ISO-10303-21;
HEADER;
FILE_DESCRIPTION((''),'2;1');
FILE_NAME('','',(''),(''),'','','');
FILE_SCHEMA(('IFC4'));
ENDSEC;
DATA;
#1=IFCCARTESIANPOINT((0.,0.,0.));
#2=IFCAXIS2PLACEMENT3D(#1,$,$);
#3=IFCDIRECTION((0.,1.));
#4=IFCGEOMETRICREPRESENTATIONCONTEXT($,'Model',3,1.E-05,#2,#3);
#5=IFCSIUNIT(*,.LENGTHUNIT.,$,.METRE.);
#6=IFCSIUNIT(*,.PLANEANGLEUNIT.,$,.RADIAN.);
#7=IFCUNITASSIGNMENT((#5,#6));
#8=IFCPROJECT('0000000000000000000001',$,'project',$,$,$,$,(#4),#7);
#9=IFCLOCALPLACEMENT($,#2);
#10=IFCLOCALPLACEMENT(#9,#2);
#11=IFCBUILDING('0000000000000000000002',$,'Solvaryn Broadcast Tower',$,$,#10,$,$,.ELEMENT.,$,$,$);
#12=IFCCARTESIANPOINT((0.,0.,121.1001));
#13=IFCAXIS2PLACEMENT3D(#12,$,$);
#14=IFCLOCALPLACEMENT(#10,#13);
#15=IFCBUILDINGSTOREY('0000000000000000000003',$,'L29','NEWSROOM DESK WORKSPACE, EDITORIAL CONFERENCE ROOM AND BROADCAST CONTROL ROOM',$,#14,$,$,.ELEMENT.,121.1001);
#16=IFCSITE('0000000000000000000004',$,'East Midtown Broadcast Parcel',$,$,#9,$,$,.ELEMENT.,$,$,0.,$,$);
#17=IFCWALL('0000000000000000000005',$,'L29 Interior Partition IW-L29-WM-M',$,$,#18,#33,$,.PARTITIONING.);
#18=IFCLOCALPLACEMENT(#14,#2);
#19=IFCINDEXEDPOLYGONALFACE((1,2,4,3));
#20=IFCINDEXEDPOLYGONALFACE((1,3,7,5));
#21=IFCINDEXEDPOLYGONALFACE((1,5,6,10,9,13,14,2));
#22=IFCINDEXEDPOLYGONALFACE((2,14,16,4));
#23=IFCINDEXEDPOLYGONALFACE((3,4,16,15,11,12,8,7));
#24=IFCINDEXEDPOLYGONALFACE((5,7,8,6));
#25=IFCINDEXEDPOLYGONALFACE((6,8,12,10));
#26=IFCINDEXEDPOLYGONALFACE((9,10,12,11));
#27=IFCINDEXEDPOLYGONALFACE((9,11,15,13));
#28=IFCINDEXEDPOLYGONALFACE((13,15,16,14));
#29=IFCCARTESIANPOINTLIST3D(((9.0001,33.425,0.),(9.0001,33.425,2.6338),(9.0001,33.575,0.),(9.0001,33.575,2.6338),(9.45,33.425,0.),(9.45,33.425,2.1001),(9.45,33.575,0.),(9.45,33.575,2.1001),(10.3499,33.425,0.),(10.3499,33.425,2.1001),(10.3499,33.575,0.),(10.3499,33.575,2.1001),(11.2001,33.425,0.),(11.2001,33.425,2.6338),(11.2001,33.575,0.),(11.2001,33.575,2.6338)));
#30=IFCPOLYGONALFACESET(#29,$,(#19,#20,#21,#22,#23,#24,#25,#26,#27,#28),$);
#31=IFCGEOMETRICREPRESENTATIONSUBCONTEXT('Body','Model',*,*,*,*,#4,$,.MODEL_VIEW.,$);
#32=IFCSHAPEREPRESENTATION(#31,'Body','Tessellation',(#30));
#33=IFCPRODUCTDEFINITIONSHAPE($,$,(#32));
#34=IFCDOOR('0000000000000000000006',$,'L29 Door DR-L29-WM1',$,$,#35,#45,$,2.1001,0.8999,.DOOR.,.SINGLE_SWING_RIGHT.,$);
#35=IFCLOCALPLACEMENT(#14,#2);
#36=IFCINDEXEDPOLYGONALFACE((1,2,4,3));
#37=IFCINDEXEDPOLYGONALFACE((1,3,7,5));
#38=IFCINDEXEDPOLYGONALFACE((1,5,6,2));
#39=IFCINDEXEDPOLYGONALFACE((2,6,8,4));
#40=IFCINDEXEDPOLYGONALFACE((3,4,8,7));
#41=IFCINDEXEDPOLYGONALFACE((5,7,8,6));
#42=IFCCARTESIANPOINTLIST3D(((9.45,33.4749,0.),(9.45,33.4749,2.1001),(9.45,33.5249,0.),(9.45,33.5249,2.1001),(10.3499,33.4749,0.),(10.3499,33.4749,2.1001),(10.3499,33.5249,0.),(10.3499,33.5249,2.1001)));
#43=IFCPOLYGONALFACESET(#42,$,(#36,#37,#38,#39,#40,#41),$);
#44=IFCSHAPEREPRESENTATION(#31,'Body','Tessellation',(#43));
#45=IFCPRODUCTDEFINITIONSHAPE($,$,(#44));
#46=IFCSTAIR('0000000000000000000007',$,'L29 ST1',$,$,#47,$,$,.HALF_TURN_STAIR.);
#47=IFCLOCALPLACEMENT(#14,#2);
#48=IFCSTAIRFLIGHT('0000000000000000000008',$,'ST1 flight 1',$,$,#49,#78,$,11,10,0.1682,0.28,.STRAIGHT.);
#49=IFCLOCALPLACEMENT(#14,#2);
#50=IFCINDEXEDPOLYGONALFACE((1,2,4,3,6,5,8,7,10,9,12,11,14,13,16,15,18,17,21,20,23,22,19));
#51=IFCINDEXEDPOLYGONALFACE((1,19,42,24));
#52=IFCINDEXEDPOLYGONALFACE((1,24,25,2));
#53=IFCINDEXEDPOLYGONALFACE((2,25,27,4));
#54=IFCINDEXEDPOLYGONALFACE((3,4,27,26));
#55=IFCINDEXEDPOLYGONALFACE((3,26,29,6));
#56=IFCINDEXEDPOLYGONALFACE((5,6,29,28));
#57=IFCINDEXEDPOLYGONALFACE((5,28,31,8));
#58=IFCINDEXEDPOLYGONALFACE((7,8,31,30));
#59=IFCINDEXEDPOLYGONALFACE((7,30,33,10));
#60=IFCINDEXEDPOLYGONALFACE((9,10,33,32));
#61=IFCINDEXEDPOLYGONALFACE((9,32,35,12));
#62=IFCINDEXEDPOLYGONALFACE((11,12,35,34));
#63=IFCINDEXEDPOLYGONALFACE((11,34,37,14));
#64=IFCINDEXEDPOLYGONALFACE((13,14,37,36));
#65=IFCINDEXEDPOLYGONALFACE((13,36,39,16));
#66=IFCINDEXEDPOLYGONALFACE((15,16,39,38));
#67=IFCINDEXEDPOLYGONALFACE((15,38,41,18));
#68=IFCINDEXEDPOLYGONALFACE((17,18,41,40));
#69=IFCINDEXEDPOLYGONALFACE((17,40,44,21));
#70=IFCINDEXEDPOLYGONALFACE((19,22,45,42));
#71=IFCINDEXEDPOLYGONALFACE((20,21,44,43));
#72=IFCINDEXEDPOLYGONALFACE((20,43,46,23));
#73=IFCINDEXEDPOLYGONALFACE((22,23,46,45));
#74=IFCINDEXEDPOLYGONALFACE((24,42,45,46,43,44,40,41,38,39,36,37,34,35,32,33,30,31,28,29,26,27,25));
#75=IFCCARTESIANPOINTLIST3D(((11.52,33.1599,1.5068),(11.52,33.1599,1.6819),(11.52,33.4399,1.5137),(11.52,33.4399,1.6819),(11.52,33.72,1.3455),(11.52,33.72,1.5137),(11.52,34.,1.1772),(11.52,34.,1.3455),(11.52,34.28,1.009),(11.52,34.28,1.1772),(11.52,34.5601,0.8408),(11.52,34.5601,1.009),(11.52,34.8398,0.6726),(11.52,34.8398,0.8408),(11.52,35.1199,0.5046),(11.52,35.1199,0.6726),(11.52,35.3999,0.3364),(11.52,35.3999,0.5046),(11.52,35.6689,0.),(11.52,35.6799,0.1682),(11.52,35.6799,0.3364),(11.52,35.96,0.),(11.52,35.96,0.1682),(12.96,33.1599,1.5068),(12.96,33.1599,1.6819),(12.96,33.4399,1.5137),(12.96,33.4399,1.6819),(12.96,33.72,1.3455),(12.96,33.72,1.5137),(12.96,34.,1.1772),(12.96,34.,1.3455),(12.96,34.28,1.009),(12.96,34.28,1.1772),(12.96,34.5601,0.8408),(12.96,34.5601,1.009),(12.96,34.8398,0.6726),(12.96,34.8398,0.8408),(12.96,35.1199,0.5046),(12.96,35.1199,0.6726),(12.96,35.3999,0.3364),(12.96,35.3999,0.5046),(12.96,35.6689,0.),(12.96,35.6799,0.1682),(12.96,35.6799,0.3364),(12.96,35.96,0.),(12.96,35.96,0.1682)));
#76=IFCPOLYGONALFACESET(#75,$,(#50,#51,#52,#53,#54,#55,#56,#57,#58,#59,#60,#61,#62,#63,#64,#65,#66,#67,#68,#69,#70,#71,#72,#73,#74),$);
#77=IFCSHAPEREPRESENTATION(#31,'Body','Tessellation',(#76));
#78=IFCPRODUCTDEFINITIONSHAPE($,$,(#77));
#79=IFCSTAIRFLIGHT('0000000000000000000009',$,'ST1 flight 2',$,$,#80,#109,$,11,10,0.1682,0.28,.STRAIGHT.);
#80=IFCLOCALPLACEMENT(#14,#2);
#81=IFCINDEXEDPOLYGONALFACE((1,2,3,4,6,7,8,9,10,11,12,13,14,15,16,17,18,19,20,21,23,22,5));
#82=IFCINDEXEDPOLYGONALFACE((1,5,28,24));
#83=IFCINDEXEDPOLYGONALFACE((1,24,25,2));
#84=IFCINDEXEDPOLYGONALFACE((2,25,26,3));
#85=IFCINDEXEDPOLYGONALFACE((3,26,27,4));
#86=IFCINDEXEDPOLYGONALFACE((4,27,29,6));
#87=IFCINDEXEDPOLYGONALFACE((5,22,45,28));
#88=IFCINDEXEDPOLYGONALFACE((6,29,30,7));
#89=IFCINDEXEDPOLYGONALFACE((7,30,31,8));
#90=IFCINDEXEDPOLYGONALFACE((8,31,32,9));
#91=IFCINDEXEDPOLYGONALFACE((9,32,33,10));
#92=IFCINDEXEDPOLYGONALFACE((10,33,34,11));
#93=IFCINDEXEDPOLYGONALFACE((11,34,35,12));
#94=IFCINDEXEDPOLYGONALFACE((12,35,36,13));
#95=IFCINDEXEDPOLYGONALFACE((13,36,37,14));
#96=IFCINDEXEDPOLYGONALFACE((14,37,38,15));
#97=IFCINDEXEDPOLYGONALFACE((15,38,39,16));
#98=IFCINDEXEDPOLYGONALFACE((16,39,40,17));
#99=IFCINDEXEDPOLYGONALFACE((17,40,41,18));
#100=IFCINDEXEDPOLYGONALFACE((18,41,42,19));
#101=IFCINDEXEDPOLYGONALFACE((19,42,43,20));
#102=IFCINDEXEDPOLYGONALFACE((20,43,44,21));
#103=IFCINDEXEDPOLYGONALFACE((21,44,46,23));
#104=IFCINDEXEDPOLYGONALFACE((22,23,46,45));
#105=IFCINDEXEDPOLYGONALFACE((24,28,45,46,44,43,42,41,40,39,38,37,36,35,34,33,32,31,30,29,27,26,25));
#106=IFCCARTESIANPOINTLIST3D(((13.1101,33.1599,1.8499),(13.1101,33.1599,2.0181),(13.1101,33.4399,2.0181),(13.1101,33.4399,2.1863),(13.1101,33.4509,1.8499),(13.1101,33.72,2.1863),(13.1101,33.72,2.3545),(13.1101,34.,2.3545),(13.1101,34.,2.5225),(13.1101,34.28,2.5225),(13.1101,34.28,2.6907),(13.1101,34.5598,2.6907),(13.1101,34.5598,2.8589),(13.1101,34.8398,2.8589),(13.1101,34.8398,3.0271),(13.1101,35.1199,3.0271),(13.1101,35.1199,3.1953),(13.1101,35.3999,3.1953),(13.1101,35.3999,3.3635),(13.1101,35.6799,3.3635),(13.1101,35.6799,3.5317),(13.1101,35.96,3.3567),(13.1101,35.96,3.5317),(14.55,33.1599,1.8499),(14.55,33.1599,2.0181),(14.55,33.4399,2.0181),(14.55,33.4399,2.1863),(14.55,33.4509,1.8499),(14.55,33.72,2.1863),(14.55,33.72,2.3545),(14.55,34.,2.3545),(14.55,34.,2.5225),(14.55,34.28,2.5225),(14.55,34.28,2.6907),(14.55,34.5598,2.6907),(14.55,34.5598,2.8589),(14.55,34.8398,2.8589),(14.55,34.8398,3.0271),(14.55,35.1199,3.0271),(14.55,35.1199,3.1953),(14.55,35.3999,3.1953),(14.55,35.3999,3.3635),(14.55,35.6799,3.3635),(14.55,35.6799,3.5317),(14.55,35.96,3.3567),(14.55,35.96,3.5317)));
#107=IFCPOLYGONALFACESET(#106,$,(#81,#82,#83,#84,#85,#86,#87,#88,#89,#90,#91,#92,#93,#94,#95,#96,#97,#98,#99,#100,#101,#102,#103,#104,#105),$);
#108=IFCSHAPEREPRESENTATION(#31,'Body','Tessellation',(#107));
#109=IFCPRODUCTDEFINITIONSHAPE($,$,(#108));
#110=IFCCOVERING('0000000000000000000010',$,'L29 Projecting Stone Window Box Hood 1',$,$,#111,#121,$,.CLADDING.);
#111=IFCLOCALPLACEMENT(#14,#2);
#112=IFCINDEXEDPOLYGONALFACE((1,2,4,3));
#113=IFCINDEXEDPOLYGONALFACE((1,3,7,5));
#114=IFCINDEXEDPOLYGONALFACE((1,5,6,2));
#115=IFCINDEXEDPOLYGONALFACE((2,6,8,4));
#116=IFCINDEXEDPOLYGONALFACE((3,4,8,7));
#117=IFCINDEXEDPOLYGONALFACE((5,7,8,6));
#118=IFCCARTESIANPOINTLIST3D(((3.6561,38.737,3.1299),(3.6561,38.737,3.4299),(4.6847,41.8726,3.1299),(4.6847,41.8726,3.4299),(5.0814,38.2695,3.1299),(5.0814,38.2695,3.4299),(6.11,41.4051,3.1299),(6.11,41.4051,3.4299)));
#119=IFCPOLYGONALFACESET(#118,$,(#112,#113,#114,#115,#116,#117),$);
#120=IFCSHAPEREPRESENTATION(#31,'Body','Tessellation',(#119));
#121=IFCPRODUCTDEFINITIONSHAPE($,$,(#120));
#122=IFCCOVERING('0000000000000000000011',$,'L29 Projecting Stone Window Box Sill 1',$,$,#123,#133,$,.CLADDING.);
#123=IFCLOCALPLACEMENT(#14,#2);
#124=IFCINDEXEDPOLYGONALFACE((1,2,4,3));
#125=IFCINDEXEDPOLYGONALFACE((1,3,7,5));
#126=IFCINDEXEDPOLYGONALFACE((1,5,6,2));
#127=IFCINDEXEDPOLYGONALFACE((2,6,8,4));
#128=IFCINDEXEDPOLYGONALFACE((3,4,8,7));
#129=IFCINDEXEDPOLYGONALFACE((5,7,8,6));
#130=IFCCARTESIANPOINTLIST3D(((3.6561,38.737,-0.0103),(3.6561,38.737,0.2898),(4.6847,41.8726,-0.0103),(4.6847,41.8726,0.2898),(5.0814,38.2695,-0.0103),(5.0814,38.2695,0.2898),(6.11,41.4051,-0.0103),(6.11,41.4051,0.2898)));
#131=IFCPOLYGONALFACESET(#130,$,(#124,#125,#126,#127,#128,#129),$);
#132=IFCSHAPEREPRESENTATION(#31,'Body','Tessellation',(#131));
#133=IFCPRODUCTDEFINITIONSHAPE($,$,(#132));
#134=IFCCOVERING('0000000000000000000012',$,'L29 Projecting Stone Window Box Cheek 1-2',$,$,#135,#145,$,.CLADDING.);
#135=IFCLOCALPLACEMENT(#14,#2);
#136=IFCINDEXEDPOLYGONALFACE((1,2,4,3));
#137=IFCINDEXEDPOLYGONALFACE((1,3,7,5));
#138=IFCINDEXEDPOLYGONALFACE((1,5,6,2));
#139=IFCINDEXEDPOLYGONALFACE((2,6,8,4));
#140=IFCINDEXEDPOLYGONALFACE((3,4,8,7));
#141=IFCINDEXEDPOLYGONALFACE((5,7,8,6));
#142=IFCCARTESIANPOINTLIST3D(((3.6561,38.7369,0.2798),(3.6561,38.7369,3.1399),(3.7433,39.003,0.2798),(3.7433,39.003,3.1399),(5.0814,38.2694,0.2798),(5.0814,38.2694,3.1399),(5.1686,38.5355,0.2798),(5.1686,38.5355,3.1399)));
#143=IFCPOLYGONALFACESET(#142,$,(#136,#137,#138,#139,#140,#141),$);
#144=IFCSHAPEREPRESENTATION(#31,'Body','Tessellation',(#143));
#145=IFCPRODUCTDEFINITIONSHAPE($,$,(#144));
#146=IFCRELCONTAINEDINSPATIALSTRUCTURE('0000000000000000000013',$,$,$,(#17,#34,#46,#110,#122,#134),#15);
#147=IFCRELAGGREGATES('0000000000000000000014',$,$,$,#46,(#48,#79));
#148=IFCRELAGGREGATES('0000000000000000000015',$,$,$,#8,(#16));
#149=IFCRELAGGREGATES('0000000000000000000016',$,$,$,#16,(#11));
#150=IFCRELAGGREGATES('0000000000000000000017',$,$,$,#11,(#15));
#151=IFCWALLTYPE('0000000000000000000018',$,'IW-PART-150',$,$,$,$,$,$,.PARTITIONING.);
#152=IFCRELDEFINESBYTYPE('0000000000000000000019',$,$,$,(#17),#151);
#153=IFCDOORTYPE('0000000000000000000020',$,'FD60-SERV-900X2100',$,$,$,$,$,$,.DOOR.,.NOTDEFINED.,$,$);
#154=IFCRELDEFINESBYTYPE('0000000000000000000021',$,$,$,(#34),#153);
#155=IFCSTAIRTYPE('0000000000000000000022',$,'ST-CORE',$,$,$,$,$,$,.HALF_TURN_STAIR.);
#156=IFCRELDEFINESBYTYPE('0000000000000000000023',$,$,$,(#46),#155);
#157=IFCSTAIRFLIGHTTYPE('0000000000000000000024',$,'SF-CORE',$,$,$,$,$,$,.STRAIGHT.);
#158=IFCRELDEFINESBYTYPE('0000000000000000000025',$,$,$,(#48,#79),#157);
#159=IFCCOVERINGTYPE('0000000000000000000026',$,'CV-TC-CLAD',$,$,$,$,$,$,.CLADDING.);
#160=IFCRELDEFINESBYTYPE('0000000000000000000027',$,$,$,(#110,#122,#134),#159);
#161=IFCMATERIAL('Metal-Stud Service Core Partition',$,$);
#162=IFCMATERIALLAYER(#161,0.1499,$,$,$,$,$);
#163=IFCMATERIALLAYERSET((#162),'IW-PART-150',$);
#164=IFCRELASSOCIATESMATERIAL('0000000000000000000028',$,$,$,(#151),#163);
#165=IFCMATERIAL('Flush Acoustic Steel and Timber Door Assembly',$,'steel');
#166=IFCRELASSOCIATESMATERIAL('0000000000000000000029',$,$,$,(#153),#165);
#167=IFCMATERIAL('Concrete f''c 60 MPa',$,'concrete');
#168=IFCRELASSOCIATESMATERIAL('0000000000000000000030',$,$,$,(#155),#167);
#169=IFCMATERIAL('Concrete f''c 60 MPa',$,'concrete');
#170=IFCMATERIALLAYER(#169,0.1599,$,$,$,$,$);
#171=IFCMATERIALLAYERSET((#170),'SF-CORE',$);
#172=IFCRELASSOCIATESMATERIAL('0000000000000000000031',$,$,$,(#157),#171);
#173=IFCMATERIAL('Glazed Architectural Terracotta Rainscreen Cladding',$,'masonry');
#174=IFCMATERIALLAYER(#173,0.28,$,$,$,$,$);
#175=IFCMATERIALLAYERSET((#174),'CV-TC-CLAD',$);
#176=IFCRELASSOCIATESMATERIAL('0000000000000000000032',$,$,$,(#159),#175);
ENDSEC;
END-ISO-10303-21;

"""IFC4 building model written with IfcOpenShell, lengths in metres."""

from ifc_helpers import new_model, si_unit, direction, frame, frame_2d, origin, origin_2d, place, context, subcontext, project, spatial, polyline, rectangle, outline, extrude, material, layer, layer_set, type_object, element, fill, aggregate, save


model = new_model("IFC4")

# Units and contexts
model_context = context("Model", 3, precision=1e-05, world=origin(), true_north=direction((0.0, 1.0)))
body_context = subcontext(model_context, "Body", "Model", "MODEL_VIEW")
ifc_project = project(units=[si_unit("LENGTHUNIT", "METRE"), si_unit("PLANEANGLEUNIT", "RADIAN")], contexts=[model_context])

# Site, building, storey
site_placement = place(None, origin())
site = spatial("IfcSite", under=ifc_project, at=site_placement, Name="East Midtown Broadcast Parcel", CompositionType="ELEMENT", RefElevation=0.0)
building_placement = place(site_placement, origin())
building = spatial("IfcBuilding", under=site, at=building_placement, Name="Solvaryn Broadcast Tower", CompositionType="ELEMENT")
storey_placement = place(building_placement, frame((0.0, 0.0, 121.1001)))
storey = spatial("IfcBuildingStorey", under=building, at=storey_placement, Name="L29", Description="NEWSROOM DESK WORKSPACE, EDITORIAL CONFERENCE ROOM AND BROADCAST CONTROL ROOM", CompositionType="ELEMENT", Elevation=121.1001)

# Wall, opening, door
ifc_material_1 = material(Name="Metal-Stud Service Core Partition")
ifc_layer_1 = layer(ifc_material_1, 0.1499)
ifc_layer_set_1 = layer_set([ifc_layer_1], Name="IW-PART-150")
wall_type = type_object("IfcWallType", Name="IW-PART-150", PredefinedType="PARTITIONING", material=ifc_layer_set_1)
wall_placement = place(storey_placement, frame((9.0, 33.5, 0.0), z_axis=(0.0, 0.0, 1.0), x_axis=(1.0, 0.0, 0.0)))
wall = element("IfcWall", 1, at=wall_placement, inside=storey, type_object=wall_type, Name="L29 Interior Partition IW-L29-WM-M", PredefinedType="PARTITIONING", context=body_context, shape_type="SweptSolid", body=[
    extrude(rectangle(XDim=2.2, YDim=0.1499, at=frame_2d((1.1001, 0.0))), origin(), (0.0, 0.0, 1.0), 2.6338),
])
opening_placement = place(wall_placement, frame((0.45, 0.0, 0.0)))
opening = element("IfcOpeningElement", 2, at=opening_placement, cuts=wall, PredefinedType="OPENING", context=body_context, shape_type="SweptSolid", body=[
    extrude(rectangle(XDim=0.8999, YDim=2.1001, at=frame_2d((0.45, 1.05))), frame((0.0, 0.085, 0.0), z_axis=(0.0, -1.0, 0.0), x_axis=(1.0, 0.0, 0.0)), (0.0, 0.0, 1.0), 0.1699),
])
ifc_material_2 = material(Name="Flush Acoustic Steel and Timber Door Assembly", Category="steel")
door_type = type_object("IfcDoorType", Name="FD60-SERV-900X2100", OperationType="NOTDEFINED", PredefinedType="DOOR", material=ifc_material_2)
door_placement = place(opening_placement, origin())
door = element("IfcDoor", 3, at=door_placement, inside=storey, type_object=door_type, Name="L29 Door DR-L29-WM1", OperationType="SINGLE_SWING_RIGHT", OverallHeight=2.1001, OverallWidth=0.8999, PredefinedType="DOOR", context=body_context, shape_type="SweptSolid", body=[
    extrude(rectangle(XDim=0.8999, YDim=2.1001, at=frame_2d((0.45, 1.05))), frame((0.0, 0.0249, 0.0), z_axis=(0.0, -1.0, 0.0), x_axis=(1.0, 0.0, 0.0)), (0.0, 0.0, 1.0), 0.05),
])
fill(opening, door)

# Stair, stair flights
ifc_material_3 = material(Name="Concrete f'c 60 MPa", Category="concrete")
stair_type = type_object("IfcStairType", Name="ST-CORE", PredefinedType="HALF_TURN_STAIR", material=ifc_material_3)
stair_placement = place(storey_placement, origin())
stair = element("IfcStair", 4, at=stair_placement, inside=storey, type_object=stair_type, Name="L29 ST1", PredefinedType="HALF_TURN_STAIR")
ifc_material_4 = material(Name="Concrete f'c 60 MPa", Category="concrete")
ifc_layer_2 = layer(ifc_material_4, 0.1599)
ifc_layer_set_2 = layer_set([ifc_layer_2], Name="SF-CORE")
stair_flight_type = type_object("IfcStairFlightType", Name="SF-CORE", PredefinedType="STRAIGHT", material=ifc_layer_set_2)
stair_flight_1_placement = place(storey_placement, frame((12.24, 35.96, 0.0), z_axis=(0.0, 0.0, 1.0), x_axis=(0.0, -1.0, 0.0)))
stair_flight_1 = element("IfcStairFlight", 5, at=stair_flight_1_placement, type_object=stair_flight_type, Name="ST1 flight 1", NumberOfRisers=11, NumberOfTreads=10, PredefinedType="STRAIGHT", RiserHeight=0.1682, TreadLength=0.28, context=body_context, shape_type="SweptSolid", body=[
    extrude(outline(polyline([(0.0, 0.0), (0.0, 0.1682), (0.28, 0.1682), (0.28, 0.3364), (0.5601, 0.3364), (0.5601, 0.5046), (0.8401, 0.5046), (0.8401, 0.6726), (1.1201, 0.6726), (1.1201, 0.8408), (1.3999, 0.8408), (1.3999, 1.009), (1.6799, 1.009), (1.6799, 1.1772), (1.96, 1.1772), (1.96, 1.3455), (2.24, 1.3455), (2.24, 1.5137), (2.52, 1.5137), (2.52, 1.6819), (2.8, 1.6819), (2.8, 1.8501), (2.8, 1.5068), (0.291, 0.0), (0.0, 0.0)])), frame((0.0, 0.72, 0.0), z_axis=(0.0, -1.0, 0.0), x_axis=(1.0, 0.0, 0.0)), (0.0, 0.0, 1.0), 1.4399),
])
stair_flight_2_placement = place(storey_placement, frame((13.8301, 33.1599, 1.8499), z_axis=(0.0, 0.0, 1.0), x_axis=(0.0, 1.0, 0.0)))
stair_flight_2 = element("IfcStairFlight", 6, at=stair_flight_2_placement, type_object=stair_flight_type, Name="ST1 flight 2", NumberOfRisers=11, NumberOfTreads=10, PredefinedType="STRAIGHT", RiserHeight=0.1682, TreadLength=0.28, context=body_context, shape_type="SweptSolid", body=[
    extrude(outline(polyline([(0.0, 0.0), (0.0, 0.1682), (0.28, 0.1682), (0.28, 0.3364), (0.5601, 0.3364), (0.5601, 0.5046), (0.8401, 0.5046), (0.8401, 0.6726), (1.1201, 0.6726), (1.1201, 0.8408), (1.3999, 0.8408), (1.3999, 1.009), (1.6799, 1.009), (1.6799, 1.1772), (1.96, 1.1772), (1.96, 1.3455), (2.24, 1.3455), (2.24, 1.5137), (2.52, 1.5137), (2.52, 1.6819), (2.8, 1.6819), (2.8, 1.8501), (2.8, 1.5068), (0.291, 0.0), (0.0, 0.0)])), frame((0.0, 0.72, 0.0), z_axis=(0.0, -1.0, 0.0), x_axis=(1.0, 0.0, 0.0)), (0.0, 0.0, 1.0), 1.4399),
])
aggregate(stair, [stair_flight_1, stair_flight_2])

# Coverings
ifc_material_5 = material(Name="Glazed Architectural Terracotta Rainscreen Cladding", Category="masonry")
ifc_layer_3 = layer(ifc_material_5, 0.28)
ifc_layer_set_3 = layer_set([ifc_layer_3], Name="CV-TC-CLAD")
covering_type = type_object("IfcCoveringType", Name="CV-TC-CLAD", PredefinedType="CLADDING", material=ifc_layer_set_3)
for number, where, z_axis, x_axis, name in (
    (7, (4.8831, 40.071, 3.1299), (0.0, 0.0, 1.0), (-0.311672, -0.95019, 0.0), "L29 Projecting Stone Window Box Hood 1"),
    (8, (4.8831, 40.071, -0.0103), (0.0, 0.0, 1.0), (-0.311672, -0.95019, 0.0), "L29 Projecting Stone Window Box Sill 1"),
):
    element("IfcCovering", number, at=place(storey_placement, frame(where, z_axis=z_axis, x_axis=x_axis)), inside=storey, type_object=covering_type, Name=name, PredefinedType="CLADDING", context=body_context, shape_type="SweptSolid", body=[
        extrude(rectangle(XDim=3.3, YDim=1.5, at=origin_2d()), origin(), (0.0, 0.0, 1.0), 0.3),
    ])
covering_placement = place(storey_placement, frame((4.4124, 38.6362, 0.2798), z_axis=(0.0, 0.0, 1.0), x_axis=(-0.311672, -0.95019, 0.0)))
element("IfcCovering", 9, at=covering_placement, inside=storey, type_object=covering_type, Name="L29 Projecting Stone Window Box Cheek 1-2", PredefinedType="CLADDING", context=body_context, shape_type="SweptSolid", body=[
    extrude(rectangle(XDim=0.28, YDim=1.5, at=origin_2d()), origin(), (0.0, 0.0, 1.0), 2.8601),
])

save(model, "model.ifc")
